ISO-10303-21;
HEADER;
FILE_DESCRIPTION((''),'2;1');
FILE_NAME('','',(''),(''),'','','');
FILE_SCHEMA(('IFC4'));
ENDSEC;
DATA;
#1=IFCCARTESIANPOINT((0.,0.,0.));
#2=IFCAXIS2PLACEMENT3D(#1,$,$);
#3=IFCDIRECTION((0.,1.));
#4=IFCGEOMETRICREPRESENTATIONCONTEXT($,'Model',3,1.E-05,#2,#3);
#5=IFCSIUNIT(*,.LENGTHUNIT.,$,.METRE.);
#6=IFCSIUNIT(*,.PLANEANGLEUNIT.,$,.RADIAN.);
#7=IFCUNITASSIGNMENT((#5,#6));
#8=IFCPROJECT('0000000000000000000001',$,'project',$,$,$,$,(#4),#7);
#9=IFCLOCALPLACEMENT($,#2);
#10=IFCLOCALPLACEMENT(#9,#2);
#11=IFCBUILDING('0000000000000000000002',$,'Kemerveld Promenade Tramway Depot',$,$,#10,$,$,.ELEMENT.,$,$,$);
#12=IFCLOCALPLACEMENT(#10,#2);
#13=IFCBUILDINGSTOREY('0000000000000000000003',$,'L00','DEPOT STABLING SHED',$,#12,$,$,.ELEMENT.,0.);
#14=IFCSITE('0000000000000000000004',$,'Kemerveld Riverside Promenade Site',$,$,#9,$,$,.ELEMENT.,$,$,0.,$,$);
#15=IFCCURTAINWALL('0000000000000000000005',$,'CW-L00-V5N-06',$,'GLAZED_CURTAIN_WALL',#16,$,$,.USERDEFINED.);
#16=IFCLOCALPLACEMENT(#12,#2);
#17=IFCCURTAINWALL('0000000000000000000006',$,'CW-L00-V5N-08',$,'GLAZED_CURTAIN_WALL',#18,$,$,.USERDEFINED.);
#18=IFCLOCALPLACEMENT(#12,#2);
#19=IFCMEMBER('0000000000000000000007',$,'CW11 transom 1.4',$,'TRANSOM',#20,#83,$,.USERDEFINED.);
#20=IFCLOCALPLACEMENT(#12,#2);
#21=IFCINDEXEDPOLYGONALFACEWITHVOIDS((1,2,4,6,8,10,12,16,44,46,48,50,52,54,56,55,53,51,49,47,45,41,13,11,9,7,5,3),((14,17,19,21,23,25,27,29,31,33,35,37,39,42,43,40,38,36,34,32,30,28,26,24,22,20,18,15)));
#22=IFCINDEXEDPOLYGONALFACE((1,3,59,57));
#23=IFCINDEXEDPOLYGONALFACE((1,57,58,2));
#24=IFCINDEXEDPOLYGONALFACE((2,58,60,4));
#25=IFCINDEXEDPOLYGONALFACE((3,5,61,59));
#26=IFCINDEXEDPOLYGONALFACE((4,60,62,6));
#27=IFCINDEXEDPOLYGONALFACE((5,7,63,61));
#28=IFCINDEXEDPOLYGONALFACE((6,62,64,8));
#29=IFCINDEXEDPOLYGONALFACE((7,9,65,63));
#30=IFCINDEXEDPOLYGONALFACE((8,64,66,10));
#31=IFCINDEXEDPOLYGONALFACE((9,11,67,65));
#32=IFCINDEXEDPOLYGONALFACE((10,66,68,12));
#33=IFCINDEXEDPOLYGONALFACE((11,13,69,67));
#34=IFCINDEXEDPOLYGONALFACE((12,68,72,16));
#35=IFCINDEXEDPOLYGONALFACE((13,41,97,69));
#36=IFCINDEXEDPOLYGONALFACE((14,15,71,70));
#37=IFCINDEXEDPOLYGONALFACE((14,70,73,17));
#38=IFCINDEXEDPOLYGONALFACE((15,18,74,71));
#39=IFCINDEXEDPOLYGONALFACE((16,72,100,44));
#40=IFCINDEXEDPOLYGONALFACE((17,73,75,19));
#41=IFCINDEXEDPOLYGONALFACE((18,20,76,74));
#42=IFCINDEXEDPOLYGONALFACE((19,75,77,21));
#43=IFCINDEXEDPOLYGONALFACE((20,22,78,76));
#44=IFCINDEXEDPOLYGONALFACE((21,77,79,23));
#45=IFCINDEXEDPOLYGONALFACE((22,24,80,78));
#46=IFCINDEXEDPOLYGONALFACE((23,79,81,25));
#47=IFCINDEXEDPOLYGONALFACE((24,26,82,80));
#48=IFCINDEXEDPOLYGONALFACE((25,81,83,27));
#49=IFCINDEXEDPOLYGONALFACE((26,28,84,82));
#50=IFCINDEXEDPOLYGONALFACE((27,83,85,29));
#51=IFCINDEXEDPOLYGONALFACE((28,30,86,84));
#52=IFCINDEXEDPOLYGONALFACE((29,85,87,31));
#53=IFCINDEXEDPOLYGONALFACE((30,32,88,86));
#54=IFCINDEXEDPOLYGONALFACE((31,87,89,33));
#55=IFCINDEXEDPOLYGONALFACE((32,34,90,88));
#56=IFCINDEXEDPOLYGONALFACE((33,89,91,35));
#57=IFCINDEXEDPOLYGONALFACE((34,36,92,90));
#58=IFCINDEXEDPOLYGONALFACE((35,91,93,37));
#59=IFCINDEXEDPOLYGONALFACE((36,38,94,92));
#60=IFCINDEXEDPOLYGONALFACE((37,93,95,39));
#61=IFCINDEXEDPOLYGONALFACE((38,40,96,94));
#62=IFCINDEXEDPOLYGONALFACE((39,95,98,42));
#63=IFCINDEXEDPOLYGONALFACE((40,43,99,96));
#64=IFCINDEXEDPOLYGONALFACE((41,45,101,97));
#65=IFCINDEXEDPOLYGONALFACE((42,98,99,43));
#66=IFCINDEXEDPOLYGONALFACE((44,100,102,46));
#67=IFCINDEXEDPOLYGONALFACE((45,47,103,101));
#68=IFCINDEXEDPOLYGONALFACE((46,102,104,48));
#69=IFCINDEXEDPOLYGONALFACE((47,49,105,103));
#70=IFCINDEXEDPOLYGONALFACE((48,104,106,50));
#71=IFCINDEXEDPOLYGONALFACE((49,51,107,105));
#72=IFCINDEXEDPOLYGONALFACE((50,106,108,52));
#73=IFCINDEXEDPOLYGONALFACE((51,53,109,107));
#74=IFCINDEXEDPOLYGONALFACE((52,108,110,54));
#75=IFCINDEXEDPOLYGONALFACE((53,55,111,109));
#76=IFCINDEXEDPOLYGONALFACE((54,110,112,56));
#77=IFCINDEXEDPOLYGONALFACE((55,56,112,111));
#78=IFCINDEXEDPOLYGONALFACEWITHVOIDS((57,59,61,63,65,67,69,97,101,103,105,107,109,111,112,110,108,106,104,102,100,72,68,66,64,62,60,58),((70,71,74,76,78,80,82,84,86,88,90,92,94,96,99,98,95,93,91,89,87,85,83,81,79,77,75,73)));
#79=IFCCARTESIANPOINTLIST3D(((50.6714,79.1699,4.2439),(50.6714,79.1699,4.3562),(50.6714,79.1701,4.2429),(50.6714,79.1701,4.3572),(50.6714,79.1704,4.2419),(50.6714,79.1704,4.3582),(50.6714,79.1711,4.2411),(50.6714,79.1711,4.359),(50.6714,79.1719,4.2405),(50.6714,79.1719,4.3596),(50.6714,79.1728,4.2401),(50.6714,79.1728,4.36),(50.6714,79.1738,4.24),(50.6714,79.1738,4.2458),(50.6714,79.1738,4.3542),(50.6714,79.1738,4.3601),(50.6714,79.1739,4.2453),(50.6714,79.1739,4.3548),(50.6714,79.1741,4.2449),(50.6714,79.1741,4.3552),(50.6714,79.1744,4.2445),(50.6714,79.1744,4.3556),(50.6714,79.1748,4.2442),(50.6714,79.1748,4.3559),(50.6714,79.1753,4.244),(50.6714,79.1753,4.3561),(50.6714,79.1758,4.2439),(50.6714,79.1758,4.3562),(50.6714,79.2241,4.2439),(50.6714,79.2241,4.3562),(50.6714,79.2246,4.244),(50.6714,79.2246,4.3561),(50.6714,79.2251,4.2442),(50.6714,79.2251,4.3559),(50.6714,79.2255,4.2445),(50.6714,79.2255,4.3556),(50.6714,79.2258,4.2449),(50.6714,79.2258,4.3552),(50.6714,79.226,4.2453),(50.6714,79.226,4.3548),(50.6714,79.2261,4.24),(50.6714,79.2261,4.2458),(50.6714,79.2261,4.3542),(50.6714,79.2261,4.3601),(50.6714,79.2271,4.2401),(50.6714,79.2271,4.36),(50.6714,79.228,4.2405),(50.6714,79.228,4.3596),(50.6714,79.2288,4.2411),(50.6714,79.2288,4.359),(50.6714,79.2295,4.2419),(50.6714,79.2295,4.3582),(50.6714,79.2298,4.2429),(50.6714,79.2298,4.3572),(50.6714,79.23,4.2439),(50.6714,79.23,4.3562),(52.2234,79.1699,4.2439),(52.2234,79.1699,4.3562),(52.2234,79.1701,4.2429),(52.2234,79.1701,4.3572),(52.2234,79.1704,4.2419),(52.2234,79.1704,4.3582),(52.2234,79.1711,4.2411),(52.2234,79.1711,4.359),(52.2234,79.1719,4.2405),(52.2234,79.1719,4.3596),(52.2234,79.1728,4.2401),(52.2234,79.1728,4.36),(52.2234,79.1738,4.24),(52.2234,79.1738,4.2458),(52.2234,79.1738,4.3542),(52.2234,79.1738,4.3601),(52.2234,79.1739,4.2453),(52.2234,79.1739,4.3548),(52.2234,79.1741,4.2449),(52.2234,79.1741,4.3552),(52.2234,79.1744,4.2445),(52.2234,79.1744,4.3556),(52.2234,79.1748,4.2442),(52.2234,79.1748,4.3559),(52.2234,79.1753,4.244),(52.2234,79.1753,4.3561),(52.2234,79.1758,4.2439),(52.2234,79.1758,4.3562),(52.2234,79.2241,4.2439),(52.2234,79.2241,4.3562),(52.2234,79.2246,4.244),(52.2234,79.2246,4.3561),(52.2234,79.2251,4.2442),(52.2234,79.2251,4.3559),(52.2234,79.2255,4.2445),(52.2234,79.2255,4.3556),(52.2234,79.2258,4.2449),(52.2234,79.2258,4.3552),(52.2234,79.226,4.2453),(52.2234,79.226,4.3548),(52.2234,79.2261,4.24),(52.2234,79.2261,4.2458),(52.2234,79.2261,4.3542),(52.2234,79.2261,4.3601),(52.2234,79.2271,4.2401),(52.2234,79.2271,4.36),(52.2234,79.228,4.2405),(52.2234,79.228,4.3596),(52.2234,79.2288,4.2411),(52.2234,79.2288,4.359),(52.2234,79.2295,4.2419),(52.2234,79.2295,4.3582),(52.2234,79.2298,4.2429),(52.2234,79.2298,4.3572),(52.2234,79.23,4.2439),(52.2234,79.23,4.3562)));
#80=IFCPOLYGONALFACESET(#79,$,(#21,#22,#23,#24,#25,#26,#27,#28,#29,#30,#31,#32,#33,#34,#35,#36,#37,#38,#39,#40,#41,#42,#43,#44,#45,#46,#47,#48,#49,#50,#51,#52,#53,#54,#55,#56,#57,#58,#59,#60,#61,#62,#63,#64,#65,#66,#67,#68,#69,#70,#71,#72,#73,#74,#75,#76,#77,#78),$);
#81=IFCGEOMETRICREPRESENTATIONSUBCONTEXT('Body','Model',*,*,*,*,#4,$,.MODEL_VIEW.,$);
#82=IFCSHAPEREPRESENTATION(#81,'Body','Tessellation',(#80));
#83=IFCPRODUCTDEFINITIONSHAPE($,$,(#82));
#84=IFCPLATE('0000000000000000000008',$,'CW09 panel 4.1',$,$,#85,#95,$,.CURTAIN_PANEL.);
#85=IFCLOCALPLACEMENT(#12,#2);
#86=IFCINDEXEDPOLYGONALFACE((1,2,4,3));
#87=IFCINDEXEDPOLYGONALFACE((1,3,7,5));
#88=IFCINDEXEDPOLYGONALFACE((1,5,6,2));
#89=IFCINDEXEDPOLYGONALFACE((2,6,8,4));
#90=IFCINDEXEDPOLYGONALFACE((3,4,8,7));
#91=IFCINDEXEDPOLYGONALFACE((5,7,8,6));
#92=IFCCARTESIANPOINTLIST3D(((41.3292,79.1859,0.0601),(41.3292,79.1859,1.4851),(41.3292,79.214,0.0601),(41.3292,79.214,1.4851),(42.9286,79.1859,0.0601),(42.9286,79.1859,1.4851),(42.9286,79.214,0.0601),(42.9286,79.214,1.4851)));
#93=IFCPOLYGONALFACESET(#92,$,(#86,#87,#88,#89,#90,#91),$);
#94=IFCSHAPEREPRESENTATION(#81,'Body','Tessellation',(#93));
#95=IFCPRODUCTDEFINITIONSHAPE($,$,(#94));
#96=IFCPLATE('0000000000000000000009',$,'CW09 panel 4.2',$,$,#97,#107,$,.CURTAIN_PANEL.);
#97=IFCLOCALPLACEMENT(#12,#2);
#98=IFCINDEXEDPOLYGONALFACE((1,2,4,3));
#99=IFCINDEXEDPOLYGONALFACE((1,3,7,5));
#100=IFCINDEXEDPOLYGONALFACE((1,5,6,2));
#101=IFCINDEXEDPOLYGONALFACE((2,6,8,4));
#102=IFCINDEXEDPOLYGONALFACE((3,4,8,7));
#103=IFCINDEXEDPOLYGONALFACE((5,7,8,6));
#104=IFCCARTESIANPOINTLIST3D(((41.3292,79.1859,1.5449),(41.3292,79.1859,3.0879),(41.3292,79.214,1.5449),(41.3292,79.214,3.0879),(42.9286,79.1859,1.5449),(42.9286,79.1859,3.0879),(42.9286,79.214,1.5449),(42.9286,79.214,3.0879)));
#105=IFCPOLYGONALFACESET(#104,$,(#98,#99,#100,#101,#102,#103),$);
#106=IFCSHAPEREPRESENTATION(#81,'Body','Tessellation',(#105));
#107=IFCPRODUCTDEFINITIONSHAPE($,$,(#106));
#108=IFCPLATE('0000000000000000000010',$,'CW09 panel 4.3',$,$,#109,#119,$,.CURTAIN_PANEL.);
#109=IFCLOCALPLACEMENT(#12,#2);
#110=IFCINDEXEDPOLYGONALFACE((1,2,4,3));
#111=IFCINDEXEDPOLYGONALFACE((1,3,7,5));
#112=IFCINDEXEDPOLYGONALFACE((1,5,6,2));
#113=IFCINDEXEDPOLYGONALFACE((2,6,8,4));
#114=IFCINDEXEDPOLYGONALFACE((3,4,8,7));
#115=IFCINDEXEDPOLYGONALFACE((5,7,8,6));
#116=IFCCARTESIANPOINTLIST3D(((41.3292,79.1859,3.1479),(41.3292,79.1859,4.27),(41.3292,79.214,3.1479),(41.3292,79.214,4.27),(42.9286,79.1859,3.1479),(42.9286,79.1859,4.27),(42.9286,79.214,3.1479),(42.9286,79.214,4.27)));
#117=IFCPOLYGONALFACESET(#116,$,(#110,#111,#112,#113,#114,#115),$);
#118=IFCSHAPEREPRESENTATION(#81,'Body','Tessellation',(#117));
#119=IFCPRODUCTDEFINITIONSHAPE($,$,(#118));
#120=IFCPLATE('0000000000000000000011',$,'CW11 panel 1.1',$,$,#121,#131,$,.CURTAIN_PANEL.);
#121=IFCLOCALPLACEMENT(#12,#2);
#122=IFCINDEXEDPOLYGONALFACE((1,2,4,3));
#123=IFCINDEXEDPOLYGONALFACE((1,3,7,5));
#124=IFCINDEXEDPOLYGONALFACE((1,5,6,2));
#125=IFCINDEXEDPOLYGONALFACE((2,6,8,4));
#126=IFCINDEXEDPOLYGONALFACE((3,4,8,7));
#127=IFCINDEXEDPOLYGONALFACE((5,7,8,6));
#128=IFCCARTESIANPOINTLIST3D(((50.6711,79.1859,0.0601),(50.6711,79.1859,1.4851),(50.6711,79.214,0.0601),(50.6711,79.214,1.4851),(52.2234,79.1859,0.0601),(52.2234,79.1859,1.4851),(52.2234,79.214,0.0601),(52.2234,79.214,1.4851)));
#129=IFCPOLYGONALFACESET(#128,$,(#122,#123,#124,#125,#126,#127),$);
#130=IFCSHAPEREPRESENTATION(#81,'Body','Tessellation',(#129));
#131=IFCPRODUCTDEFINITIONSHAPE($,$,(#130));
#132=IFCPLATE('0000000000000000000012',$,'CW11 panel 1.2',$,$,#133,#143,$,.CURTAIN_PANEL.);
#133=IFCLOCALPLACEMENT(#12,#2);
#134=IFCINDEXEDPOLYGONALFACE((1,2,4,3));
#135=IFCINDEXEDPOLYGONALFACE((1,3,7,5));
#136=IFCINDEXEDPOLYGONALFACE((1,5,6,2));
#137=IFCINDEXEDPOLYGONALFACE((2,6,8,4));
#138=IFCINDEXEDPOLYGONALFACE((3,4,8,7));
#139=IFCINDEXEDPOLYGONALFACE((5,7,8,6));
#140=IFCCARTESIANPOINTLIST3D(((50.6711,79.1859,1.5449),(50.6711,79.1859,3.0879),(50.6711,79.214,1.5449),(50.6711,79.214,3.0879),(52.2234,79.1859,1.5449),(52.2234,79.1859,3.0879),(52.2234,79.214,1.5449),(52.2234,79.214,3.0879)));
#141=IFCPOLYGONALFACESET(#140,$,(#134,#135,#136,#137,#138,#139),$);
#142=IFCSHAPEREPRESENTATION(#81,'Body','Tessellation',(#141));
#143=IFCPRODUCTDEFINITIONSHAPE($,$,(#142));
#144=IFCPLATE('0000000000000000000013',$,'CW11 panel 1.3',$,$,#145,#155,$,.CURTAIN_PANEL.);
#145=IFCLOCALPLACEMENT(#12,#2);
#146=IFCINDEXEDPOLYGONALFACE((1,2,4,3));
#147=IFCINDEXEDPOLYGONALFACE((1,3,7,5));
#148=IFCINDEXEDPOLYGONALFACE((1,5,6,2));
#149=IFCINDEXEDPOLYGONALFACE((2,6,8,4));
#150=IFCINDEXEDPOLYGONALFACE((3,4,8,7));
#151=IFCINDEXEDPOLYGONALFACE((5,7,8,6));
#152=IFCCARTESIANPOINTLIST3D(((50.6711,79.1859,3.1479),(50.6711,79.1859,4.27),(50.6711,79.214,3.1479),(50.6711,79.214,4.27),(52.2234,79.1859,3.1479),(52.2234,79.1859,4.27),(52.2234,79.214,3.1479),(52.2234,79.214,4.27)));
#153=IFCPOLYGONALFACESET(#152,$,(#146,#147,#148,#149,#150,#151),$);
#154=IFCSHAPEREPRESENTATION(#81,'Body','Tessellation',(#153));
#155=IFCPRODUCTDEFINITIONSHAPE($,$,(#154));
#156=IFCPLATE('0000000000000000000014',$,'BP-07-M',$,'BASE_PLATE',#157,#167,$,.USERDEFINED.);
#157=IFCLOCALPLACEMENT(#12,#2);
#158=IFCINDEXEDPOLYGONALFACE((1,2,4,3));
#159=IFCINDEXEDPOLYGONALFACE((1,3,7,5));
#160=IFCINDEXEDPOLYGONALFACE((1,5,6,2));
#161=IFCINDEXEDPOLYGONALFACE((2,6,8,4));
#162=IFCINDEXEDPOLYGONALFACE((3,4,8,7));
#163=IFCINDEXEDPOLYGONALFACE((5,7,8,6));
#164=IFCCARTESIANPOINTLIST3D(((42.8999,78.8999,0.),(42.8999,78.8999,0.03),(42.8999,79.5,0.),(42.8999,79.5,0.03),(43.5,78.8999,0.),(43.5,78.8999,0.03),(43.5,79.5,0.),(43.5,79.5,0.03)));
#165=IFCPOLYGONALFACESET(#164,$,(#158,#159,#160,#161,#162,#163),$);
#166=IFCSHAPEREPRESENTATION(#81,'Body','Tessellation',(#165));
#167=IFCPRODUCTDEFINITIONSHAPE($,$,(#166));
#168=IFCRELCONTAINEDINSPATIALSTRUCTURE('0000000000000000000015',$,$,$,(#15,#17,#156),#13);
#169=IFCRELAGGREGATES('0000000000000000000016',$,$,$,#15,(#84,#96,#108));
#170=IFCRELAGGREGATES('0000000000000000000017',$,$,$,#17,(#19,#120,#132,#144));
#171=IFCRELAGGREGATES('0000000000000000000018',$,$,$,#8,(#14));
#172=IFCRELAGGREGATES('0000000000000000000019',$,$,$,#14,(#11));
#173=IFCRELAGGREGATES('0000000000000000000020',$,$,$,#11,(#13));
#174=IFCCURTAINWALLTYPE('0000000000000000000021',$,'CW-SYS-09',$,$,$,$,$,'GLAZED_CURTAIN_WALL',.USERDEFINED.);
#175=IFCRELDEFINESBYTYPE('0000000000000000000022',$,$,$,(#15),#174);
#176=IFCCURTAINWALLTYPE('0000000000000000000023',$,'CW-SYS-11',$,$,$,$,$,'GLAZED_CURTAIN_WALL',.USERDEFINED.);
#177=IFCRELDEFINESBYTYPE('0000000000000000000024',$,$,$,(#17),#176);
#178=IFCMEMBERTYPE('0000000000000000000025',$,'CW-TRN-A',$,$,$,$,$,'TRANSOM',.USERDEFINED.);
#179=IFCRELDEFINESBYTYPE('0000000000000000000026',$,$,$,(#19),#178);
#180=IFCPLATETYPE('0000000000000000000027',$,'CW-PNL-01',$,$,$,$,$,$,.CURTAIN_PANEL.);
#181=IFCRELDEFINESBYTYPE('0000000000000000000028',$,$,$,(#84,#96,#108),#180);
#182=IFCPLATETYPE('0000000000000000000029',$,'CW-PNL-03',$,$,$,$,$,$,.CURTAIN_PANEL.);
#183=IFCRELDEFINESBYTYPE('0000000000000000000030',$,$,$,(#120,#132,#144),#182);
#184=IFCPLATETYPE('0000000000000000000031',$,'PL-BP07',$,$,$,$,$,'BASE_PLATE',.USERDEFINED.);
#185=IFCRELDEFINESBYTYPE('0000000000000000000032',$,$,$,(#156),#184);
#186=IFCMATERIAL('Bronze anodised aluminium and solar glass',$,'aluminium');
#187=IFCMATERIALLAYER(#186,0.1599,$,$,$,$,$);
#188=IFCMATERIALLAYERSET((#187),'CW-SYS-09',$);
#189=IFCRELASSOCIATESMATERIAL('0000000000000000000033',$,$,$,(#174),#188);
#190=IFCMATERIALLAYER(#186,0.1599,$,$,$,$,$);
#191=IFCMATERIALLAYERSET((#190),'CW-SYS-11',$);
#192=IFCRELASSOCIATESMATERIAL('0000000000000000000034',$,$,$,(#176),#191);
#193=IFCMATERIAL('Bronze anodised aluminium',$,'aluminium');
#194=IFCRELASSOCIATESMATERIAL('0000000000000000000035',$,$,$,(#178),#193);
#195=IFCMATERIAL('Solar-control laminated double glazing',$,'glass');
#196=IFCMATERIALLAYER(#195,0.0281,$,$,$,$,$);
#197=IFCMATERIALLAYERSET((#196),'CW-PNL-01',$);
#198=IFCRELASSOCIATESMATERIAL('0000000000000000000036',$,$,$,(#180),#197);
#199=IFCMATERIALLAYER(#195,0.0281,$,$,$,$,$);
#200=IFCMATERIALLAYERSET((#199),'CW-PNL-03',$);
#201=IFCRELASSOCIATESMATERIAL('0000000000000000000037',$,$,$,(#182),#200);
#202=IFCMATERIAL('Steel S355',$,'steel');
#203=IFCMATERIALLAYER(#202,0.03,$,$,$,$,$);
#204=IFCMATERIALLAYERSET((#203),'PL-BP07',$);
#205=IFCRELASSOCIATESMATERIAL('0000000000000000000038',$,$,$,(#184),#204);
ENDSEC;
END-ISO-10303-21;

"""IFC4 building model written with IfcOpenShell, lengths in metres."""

from ifc_helpers import new_model, si_unit, direction, frame, origin, origin_2d, place, context, subcontext, project, spatial, rectangle, hollow_rectangle, extrude, material, layer, layer_set, material_profile, profile_set, type_object, element, aggregate, save


model = new_model("IFC4")

# Units and contexts
model_context = context("Model", 3, precision=1e-05, world=origin(), true_north=direction((0.0, 1.0)))
body_context = subcontext(model_context, "Body", "Model", "MODEL_VIEW")
ifc_project = project(units=[si_unit("LENGTHUNIT", "METRE"), si_unit("PLANEANGLEUNIT", "RADIAN")], contexts=[model_context])

# Site, building, storey
site_placement = place(None, origin())
site = spatial("IfcSite", under=ifc_project, at=site_placement, Name="Kemerveld Riverside Promenade Site", CompositionType="ELEMENT", RefElevation=0.0)
building_placement = place(site_placement, origin())
building = spatial("IfcBuilding", under=site, at=building_placement, Name="Kemerveld Promenade Tramway Depot", CompositionType="ELEMENT")
storey_placement = place(building_placement, origin())
storey = spatial("IfcBuildingStorey", under=building, at=storey_placement, Name="L00", Description="DEPOT STABLING SHED", CompositionType="ELEMENT", Elevation=0.0)

# Shared definitions
ifc_material_1 = material(Name="Steel S355", Category="steel")

# Curtain walls
ifc_material_2 = material(Name="Bronze anodised aluminium and solar glass", Category="aluminium")
ifc_layer_1 = layer(ifc_material_2, 0.1599)
ifc_layer_set_1 = layer_set([ifc_layer_1], Name="CW-SYS-09")
curtain_wall_type_1 = type_object("IfcCurtainWallType", Name="CW-SYS-09", ElementType="GLAZED_CURTAIN_WALL", PredefinedType="USERDEFINED", material=ifc_layer_set_1)
curtain_wall_1_placement = place(storey_placement, origin())
curtain_wall_1 = element("IfcCurtainWall", 1, at=curtain_wall_1_placement, inside=storey, type_object=curtain_wall_type_1, Name="CW-L00-V5N-06", ObjectType="GLAZED_CURTAIN_WALL", PredefinedType="USERDEFINED")
ifc_material_3 = material(Name="Bronze anodised aluminium", Category="aluminium")
ifc_layer_2 = layer(ifc_material_2, 0.1599)
ifc_layer_set_2 = layer_set([ifc_layer_2], Name="CW-SYS-11")
curtain_wall_type_2 = type_object("IfcCurtainWallType", Name="CW-SYS-11", ElementType="GLAZED_CURTAIN_WALL", PredefinedType="USERDEFINED", material=ifc_layer_set_2)
curtain_wall_2_placement = place(storey_placement, origin())
curtain_wall_2 = element("IfcCurtainWall", 2, at=curtain_wall_2_placement, inside=storey, type_object=curtain_wall_type_2, Name="CW-L00-V5N-08", ObjectType="GLAZED_CURTAIN_WALL", PredefinedType="USERDEFINED")

# Member
ifc_material_profile_1 = material_profile(ifc_material_3, hollow_rectangle(XDim=0.0601, YDim=0.1201, WallThickness=0.0039, InnerFilletRadius=0.002, OuterFilletRadius=0.0039, at=origin_2d()), Name="CW-TRN-120x60")
ifc_profile_set_1 = profile_set([ifc_material_profile_1], Name="Bronze anodised aluminium")
member_type_1 = type_object("IfcMemberType", Name="CW-TRN-A", ElementType="TRANSOM", PredefinedType="USERDEFINED", material=ifc_profile_set_1)
member_1_placement = place(storey_placement, frame((50.6714, 79.2, 4.3), z_axis=(1.0, 0.0, 0.0), x_axis=(0.0, 1.0, 0.0)))
member_1 = element("IfcMember", 3, at=member_1_placement, type_object=member_type_1, Name="CW11 transom 1.4", ObjectType="TRANSOM", PredefinedType="USERDEFINED", context=body_context, shape_type="SweptSolid", body=[
    extrude(hollow_rectangle(XDim=0.0601, YDim=0.1201, WallThickness=0.0039, InnerFilletRadius=0.002, OuterFilletRadius=0.0039, at=origin_2d()), origin(), (0.0, 0.0, 1.0), 1.552),
])

# Plates
ifc_material_4 = material(Name="Solar-control laminated double glazing", Category="glass")
ifc_layer_3 = layer(ifc_material_4, 0.0281)
ifc_layer_set_3 = layer_set([ifc_layer_3], Name="CW-PNL-01")
plate_type_1 = type_object("IfcPlateType", Name="CW-PNL-01", PredefinedType="CURTAIN_PANEL", material=ifc_layer_set_3)
plate_1_placement = place(storey_placement, frame((42.1289, 79.2, 0.0601), z_axis=(0.0, 0.0, 1.0), x_axis=(1.0, 0.0, 0.0)))
plate_1 = element("IfcPlate", 4, at=plate_1_placement, type_object=plate_type_1, Name="CW09 panel 4.1", PredefinedType="CURTAIN_PANEL", context=body_context, shape_type="SweptSolid", body=[
    extrude(rectangle(XDim=1.5994, YDim=0.0281, at=origin_2d()), origin(), (0.0, 0.0, 1.0), 1.425),
])
plate_2_placement = place(storey_placement, frame((42.1289, 79.2, 1.5449), z_axis=(0.0, 0.0, 1.0), x_axis=(1.0, 0.0, 0.0)))
plate_2 = element("IfcPlate", 5, at=plate_2_placement, type_object=plate_type_1, Name="CW09 panel 4.2", PredefinedType="CURTAIN_PANEL", context=body_context, shape_type="SweptSolid", body=[
    extrude(rectangle(XDim=1.5994, YDim=0.0281, at=origin_2d()), origin(), (0.0, 0.0, 1.0), 1.543),
])
plate_3_placement = place(storey_placement, frame((42.1289, 79.2, 3.1479), z_axis=(0.0, 0.0, 1.0), x_axis=(1.0, 0.0, 0.0)))
plate_3 = element("IfcPlate", 6, at=plate_3_placement, type_object=plate_type_1, Name="CW09 panel 4.3", PredefinedType="CURTAIN_PANEL", context=body_context, shape_type="SweptSolid", body=[
    extrude(rectangle(XDim=1.5994, YDim=0.0281, at=origin_2d()), origin(), (0.0, 0.0, 1.0), 1.1221),
])
aggregate(curtain_wall_1, [plate_1, plate_2, plate_3])
ifc_layer_4 = layer(ifc_material_4, 0.0281)
ifc_layer_set_4 = layer_set([ifc_layer_4], Name="CW-PNL-03")
plate_type_2 = type_object("IfcPlateType", Name="CW-PNL-03", PredefinedType="CURTAIN_PANEL", material=ifc_layer_set_4)
plate_4_placement = place(storey_placement, frame((51.4473, 79.2, 0.0601), z_axis=(0.0, 0.0, 1.0), x_axis=(1.0, 0.0, 0.0)))
plate_4 = element("IfcPlate", 7, at=plate_4_placement, type_object=plate_type_2, Name="CW11 panel 1.1", PredefinedType="CURTAIN_PANEL", context=body_context, shape_type="SweptSolid", body=[
    extrude(rectangle(XDim=1.5522, YDim=0.0281, at=origin_2d()), origin(), (0.0, 0.0, 1.0), 1.425),
])
plate_5_placement = place(storey_placement, frame((51.4473, 79.2, 1.5449), z_axis=(0.0, 0.0, 1.0), x_axis=(1.0, 0.0, 0.0)))
plate_5 = element("IfcPlate", 8, at=plate_5_placement, type_object=plate_type_2, Name="CW11 panel 1.2", PredefinedType="CURTAIN_PANEL", context=body_context, shape_type="SweptSolid", body=[
    extrude(rectangle(XDim=1.5522, YDim=0.0281, at=origin_2d()), origin(), (0.0, 0.0, 1.0), 1.543),
])
plate_6_placement = place(storey_placement, frame((51.4473, 79.2, 3.1479), z_axis=(0.0, 0.0, 1.0), x_axis=(1.0, 0.0, 0.0)))
plate_6 = element("IfcPlate", 9, at=plate_6_placement, type_object=plate_type_2, Name="CW11 panel 1.3", PredefinedType="CURTAIN_PANEL", context=body_context, shape_type="SweptSolid", body=[
    extrude(rectangle(XDim=1.5522, YDim=0.0281, at=origin_2d()), origin(), (0.0, 0.0, 1.0), 1.1221),
])
aggregate(curtain_wall_2, [member_1, plate_4, plate_5, plate_6])
ifc_layer_5 = layer(ifc_material_1, 0.03)
ifc_layer_set_5 = layer_set([ifc_layer_5], Name="PL-BP07")
plate_type_3 = type_object("IfcPlateType", Name="PL-BP07", ElementType="BASE_PLATE", PredefinedType="USERDEFINED", material=ifc_layer_set_5)
plate_7_placement = place(storey_placement, frame((43.2, 79.2, 0.0), z_axis=(0.0, 0.0, 1.0), x_axis=(1.0, 0.0, 0.0)))
element("IfcPlate", 10, at=plate_7_placement, inside=storey, type_object=plate_type_3, Name="BP-07-M", ObjectType="BASE_PLATE", PredefinedType="USERDEFINED", context=body_context, shape_type="SweptSolid", body=[
    extrude(rectangle(XDim=0.6001, YDim=0.6001, at=origin_2d()), origin(), (0.0, 0.0, 1.0), 0.03),
])

save(model, "model.ifc")
